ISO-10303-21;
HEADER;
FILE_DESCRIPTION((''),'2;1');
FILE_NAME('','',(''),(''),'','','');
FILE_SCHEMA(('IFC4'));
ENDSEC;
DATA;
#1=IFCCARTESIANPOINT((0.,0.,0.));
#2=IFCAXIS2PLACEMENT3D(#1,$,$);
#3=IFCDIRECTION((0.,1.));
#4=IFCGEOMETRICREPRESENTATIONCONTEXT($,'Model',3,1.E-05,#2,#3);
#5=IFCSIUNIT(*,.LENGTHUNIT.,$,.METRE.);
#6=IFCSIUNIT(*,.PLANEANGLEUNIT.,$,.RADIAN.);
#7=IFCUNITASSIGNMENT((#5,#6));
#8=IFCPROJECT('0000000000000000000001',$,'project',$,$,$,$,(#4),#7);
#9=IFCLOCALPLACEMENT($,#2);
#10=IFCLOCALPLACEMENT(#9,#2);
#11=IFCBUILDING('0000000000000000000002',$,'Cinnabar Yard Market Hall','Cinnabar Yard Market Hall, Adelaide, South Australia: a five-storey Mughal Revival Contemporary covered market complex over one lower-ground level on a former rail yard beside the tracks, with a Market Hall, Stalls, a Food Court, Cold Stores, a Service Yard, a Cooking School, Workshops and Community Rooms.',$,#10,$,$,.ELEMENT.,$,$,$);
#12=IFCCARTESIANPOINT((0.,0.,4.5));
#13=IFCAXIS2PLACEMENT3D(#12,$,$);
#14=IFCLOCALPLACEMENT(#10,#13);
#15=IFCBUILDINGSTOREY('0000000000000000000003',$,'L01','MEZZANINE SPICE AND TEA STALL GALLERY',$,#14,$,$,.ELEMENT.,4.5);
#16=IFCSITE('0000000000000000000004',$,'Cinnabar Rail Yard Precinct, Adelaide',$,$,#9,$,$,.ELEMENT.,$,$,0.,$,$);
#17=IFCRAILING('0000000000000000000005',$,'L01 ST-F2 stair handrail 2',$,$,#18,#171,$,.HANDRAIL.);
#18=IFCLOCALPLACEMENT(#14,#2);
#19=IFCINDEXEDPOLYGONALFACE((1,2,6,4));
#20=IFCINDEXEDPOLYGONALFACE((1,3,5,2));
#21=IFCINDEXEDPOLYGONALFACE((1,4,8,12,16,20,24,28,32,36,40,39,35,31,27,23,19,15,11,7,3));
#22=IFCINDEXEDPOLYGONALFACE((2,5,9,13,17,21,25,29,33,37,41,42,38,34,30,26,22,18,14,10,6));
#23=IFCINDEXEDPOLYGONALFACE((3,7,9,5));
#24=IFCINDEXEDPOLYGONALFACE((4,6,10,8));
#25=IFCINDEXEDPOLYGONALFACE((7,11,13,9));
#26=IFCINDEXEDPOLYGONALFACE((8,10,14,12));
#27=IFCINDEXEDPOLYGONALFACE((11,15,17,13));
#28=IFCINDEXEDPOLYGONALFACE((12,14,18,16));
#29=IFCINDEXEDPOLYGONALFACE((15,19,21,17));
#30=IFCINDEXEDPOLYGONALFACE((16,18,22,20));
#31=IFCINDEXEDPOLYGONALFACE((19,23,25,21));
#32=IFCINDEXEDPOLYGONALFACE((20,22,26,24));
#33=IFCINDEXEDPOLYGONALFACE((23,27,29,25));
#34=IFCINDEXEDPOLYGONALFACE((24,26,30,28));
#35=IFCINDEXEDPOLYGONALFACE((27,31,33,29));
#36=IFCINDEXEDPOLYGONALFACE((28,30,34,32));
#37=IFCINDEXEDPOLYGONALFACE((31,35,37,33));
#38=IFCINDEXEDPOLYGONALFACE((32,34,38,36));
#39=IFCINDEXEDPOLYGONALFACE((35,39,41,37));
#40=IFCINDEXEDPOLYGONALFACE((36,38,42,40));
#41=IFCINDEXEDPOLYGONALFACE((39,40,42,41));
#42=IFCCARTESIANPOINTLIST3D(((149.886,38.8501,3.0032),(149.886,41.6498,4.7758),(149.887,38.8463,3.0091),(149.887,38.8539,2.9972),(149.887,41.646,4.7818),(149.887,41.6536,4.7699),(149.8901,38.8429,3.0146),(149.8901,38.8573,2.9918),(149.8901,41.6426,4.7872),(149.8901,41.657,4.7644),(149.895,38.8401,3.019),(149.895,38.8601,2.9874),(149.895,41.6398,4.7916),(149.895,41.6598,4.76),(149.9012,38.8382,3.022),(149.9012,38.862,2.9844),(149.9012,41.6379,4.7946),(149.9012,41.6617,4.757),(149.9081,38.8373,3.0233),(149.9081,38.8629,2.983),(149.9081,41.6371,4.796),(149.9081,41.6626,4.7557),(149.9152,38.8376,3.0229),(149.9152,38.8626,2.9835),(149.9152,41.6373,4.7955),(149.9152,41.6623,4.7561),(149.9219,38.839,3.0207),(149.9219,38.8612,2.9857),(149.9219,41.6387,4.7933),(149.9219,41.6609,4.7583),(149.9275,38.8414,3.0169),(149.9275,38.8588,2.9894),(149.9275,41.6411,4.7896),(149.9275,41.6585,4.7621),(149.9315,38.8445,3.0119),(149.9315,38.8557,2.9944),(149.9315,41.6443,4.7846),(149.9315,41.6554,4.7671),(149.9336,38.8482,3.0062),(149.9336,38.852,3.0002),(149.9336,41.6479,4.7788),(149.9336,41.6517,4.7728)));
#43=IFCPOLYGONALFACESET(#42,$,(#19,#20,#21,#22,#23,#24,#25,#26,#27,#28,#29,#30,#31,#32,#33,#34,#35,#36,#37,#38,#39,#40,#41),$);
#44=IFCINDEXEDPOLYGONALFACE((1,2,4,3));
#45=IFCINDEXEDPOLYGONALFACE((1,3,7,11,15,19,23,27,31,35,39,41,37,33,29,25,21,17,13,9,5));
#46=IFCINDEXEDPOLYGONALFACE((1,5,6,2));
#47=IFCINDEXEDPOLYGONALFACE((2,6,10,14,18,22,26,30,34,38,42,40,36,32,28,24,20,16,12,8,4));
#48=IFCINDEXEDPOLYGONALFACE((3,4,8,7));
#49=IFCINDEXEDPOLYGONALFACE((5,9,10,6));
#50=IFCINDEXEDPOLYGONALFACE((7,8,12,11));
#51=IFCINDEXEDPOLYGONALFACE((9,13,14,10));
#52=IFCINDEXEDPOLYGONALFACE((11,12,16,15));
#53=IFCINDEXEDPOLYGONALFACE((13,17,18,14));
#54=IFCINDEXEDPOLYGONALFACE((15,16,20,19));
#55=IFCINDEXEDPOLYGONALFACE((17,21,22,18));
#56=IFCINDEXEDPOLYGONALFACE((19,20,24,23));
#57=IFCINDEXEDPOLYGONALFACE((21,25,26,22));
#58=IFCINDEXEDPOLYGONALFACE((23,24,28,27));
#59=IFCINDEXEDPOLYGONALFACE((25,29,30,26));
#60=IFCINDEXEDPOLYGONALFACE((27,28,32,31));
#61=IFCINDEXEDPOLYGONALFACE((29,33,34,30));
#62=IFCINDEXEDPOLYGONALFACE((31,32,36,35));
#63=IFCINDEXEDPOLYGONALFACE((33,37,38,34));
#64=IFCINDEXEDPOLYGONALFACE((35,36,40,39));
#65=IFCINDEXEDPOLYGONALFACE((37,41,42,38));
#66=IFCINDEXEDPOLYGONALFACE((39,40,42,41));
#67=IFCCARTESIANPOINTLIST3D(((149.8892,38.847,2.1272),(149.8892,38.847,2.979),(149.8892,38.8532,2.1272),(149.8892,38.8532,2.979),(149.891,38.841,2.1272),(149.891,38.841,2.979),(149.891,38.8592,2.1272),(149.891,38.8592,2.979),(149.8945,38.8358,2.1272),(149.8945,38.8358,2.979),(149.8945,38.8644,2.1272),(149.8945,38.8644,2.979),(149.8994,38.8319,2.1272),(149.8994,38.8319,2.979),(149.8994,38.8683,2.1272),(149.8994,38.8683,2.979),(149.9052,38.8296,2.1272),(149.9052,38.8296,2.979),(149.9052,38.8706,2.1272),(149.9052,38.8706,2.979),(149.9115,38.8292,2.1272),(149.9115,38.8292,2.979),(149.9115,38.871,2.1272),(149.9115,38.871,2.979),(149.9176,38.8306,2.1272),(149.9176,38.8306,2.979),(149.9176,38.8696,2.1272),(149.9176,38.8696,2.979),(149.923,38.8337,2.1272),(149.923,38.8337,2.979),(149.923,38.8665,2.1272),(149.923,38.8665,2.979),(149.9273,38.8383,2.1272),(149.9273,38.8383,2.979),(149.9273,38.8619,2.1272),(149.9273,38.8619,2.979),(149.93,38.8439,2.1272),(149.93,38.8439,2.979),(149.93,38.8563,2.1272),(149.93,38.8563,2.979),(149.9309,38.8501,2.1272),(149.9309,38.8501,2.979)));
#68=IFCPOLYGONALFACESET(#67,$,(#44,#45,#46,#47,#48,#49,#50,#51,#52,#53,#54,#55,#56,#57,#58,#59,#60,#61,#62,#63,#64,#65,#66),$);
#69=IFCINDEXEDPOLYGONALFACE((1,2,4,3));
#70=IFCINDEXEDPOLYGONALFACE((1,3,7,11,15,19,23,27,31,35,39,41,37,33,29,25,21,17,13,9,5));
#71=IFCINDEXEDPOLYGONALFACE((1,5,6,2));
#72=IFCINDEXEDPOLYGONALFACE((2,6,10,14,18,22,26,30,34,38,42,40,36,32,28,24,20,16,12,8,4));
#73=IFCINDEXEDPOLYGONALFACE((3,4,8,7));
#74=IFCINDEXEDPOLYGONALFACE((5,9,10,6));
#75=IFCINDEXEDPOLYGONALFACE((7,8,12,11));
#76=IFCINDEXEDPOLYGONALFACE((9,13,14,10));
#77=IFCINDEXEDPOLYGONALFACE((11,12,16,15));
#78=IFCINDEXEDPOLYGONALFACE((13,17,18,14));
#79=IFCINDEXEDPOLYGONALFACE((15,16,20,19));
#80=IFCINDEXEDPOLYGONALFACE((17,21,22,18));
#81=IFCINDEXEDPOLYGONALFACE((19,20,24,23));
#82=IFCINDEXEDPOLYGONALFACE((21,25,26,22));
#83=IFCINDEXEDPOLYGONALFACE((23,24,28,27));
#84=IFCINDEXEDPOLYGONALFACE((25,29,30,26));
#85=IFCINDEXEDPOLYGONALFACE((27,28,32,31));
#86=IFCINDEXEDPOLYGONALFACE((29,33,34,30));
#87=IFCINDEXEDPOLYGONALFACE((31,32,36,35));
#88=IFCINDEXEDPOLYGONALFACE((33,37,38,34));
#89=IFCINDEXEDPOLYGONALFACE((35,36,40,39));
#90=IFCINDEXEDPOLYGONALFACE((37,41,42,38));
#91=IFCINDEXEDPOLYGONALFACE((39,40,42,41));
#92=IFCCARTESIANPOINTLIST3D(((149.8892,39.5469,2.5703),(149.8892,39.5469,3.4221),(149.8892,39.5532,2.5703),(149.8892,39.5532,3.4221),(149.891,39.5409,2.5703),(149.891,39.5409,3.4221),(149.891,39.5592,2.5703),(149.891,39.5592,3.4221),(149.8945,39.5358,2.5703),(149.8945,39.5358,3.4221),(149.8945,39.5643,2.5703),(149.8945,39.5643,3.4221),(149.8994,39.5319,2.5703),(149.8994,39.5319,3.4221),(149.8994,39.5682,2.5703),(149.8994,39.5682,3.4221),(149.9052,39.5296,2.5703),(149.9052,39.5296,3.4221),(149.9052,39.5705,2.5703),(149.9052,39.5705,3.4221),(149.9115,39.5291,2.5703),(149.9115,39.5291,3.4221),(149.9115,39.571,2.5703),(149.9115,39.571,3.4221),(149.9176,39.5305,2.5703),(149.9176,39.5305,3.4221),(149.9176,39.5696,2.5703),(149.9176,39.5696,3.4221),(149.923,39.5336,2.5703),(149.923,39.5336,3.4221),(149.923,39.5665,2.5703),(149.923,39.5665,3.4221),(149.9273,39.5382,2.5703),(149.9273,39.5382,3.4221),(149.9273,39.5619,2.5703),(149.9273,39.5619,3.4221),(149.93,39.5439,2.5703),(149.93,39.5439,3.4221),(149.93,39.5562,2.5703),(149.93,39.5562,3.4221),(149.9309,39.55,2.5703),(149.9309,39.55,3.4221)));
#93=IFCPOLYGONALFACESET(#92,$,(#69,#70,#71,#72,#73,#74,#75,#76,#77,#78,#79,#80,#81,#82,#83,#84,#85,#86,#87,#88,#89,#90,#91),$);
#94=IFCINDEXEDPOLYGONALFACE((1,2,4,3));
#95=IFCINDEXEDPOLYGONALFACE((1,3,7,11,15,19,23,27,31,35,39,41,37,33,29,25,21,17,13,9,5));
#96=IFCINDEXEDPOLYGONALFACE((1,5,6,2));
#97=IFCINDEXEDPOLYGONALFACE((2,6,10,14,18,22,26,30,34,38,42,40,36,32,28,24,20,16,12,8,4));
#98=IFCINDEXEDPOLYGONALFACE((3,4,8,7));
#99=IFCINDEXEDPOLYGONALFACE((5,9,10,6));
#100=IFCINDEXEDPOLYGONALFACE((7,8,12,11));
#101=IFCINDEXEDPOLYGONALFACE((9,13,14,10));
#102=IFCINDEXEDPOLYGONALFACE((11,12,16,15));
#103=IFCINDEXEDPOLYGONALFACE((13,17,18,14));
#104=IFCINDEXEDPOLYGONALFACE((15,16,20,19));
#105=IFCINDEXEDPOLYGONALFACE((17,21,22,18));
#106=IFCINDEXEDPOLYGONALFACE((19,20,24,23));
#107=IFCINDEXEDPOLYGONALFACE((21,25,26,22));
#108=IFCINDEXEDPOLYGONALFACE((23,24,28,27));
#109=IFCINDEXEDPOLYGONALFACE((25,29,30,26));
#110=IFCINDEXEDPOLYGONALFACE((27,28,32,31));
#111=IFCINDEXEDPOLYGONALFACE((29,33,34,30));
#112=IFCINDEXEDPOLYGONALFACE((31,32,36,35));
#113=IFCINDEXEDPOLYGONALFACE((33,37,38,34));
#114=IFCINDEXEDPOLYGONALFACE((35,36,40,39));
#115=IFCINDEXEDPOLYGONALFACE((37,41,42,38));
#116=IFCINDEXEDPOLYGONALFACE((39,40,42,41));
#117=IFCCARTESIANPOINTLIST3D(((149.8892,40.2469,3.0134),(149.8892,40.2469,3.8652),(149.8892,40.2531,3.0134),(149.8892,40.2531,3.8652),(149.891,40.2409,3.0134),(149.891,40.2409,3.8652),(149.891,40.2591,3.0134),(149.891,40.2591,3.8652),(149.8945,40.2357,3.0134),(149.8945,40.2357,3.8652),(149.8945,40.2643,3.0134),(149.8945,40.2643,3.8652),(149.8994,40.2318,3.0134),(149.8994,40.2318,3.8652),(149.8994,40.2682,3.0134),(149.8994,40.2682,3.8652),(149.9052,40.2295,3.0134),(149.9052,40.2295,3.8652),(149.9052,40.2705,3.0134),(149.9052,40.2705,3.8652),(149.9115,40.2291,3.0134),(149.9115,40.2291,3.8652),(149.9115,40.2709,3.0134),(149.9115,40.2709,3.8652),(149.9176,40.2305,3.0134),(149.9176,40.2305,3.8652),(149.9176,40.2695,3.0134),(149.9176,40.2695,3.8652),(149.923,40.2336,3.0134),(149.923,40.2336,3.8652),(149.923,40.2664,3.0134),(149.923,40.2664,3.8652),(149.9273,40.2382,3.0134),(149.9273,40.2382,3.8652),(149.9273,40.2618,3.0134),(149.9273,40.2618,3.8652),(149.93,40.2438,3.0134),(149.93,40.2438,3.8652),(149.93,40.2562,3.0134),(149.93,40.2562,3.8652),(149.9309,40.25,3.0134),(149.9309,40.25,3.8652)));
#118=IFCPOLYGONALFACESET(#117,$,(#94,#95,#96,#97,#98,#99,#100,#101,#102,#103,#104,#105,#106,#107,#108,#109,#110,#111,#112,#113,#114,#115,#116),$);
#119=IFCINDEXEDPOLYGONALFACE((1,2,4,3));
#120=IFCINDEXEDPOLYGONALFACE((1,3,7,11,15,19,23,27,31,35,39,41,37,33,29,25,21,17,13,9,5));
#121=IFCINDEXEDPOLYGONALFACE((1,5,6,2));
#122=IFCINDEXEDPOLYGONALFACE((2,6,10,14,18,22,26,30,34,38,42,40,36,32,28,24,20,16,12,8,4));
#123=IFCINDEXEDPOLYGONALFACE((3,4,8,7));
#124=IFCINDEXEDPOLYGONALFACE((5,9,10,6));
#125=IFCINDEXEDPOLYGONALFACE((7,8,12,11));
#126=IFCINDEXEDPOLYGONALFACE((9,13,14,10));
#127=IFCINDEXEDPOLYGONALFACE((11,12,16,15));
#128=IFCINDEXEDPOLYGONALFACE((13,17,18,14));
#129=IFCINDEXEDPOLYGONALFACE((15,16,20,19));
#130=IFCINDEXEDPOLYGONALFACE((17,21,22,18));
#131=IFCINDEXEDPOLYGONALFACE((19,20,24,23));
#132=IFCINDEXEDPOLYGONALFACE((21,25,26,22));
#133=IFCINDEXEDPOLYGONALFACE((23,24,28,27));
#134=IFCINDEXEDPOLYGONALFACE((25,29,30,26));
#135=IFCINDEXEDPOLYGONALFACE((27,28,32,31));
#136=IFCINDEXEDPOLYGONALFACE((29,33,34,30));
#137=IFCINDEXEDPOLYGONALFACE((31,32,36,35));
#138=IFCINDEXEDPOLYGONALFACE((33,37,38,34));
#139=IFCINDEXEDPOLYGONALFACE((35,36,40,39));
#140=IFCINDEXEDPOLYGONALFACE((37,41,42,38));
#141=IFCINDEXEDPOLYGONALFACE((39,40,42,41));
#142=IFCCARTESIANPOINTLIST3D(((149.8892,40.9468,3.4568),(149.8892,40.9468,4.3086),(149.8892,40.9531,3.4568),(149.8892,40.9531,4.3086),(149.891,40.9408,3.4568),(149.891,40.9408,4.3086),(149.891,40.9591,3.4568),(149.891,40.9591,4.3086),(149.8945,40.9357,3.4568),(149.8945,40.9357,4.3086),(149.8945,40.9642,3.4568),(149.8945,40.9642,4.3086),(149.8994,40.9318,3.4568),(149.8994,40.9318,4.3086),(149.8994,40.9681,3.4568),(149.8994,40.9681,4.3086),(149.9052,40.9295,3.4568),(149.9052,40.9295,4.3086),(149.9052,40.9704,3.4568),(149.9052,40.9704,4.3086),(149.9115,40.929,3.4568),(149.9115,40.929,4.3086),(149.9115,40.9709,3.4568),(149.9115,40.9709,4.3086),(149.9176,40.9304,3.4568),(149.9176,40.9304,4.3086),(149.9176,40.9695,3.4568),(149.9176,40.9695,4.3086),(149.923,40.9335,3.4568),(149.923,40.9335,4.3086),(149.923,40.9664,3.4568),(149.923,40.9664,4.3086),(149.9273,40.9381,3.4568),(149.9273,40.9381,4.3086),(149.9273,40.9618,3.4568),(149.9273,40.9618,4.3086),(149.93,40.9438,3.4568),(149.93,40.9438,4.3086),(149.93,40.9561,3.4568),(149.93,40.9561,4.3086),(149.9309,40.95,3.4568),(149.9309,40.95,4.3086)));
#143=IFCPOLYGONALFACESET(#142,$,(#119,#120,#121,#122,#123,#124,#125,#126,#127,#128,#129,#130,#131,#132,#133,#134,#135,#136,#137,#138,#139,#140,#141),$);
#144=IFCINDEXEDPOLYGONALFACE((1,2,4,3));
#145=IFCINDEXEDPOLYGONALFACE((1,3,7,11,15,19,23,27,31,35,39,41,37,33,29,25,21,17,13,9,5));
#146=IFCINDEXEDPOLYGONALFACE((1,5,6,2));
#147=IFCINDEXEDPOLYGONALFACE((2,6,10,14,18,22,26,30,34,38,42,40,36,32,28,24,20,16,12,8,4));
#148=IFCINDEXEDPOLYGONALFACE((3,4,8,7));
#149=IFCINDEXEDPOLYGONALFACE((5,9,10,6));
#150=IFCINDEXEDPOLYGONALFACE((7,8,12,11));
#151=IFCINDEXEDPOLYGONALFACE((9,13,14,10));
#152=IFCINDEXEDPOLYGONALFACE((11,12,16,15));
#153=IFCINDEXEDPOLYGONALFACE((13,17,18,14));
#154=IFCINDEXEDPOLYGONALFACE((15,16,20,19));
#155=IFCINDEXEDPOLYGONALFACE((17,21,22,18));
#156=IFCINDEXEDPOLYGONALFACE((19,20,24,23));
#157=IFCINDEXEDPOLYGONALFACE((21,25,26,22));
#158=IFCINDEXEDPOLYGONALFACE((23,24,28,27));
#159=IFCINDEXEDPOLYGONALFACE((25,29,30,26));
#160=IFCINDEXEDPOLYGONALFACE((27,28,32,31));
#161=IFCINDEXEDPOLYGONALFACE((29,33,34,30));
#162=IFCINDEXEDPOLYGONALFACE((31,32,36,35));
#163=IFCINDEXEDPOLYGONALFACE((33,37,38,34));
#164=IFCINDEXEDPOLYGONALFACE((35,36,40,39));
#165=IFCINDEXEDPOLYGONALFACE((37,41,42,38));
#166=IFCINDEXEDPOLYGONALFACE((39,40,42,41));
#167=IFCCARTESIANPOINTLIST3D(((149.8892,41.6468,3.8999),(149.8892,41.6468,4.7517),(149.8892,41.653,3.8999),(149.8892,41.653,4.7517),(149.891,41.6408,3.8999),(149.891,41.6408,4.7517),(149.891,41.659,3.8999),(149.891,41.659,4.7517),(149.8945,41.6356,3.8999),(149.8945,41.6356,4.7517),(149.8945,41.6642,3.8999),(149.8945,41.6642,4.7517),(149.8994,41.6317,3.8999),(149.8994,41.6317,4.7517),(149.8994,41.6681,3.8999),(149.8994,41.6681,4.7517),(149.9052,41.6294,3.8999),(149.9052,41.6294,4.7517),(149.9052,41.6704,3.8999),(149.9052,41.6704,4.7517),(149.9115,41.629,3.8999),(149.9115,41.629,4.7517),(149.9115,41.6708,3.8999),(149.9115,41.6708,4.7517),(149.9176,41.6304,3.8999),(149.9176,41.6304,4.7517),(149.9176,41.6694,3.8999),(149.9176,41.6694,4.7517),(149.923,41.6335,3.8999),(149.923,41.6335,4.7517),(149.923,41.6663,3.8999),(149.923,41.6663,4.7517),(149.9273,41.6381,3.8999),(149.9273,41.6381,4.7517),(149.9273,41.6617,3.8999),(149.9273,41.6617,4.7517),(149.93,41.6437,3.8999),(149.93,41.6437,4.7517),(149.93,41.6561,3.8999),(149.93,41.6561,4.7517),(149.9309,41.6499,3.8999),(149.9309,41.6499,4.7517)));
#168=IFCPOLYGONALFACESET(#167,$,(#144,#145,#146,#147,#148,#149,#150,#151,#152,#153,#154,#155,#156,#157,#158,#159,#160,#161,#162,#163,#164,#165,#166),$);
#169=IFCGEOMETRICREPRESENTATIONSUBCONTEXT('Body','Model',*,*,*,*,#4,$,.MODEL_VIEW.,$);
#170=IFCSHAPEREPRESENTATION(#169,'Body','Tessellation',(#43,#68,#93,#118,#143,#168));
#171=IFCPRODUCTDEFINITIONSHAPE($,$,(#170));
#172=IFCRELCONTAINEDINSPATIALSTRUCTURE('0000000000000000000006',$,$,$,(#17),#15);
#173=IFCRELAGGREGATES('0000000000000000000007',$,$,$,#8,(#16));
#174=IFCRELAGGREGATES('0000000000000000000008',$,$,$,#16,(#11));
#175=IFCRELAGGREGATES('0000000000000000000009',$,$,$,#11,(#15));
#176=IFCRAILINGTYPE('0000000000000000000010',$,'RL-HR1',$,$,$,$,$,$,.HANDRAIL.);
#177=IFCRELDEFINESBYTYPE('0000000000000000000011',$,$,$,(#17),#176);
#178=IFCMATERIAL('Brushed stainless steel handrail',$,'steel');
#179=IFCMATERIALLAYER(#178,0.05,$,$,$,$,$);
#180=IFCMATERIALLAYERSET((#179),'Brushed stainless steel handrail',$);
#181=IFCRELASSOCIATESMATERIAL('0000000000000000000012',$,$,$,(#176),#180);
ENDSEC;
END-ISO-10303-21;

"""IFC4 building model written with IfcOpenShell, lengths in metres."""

from ifc_helpers import new_model, si_unit, direction, frame, origin, origin_2d_with_axis, place, context, subcontext, project, spatial, circle, extrude, material, layer, layer_set, type_object, element, save


model = new_model("IFC4")

# Units and contexts
model_context = context("Model", 3, precision=1e-05, world=origin(), true_north=direction((0.0, 1.0)))
body_context = subcontext(model_context, "Body", "Model", "MODEL_VIEW")
ifc_project = project(units=[si_unit("LENGTHUNIT", "METRE"), si_unit("PLANEANGLEUNIT", "RADIAN")], contexts=[model_context])

# Site, building, storey
site_placement = place(None, origin())
site = spatial("IfcSite", under=ifc_project, at=site_placement, Name="Cinnabar Rail Yard Precinct, Adelaide", CompositionType="ELEMENT", RefElevation=0.0)
building_placement = place(site_placement, origin())
building = spatial("IfcBuilding", under=site, at=building_placement, Name="Cinnabar Yard Market Hall", Description="Cinnabar Yard Market Hall, Adelaide, South Australia: a five-storey Mughal Revival Contemporary covered market complex over one lower-ground level on a former rail yard beside the tracks, with a Market Hall, Stalls, a Food Court, Cold Stores, a Service Yard, a Cooking School, Workshops and Community Rooms.", CompositionType="ELEMENT")
storey_placement = place(building_placement, frame((0.0, 0.0, 4.5)))
storey = spatial("IfcBuildingStorey", under=building, at=storey_placement, Name="L01", Description="MEZZANINE SPICE AND TEA STALL GALLERY", CompositionType="ELEMENT", Elevation=4.5)

# Railing
ifc_material_1 = material(Name="Brushed stainless steel handrail", Category="steel")
ifc_layer_1 = layer(ifc_material_1, 0.05)
ifc_layer_set_1 = layer_set([ifc_layer_1], Name="Brushed stainless steel handrail")
railing_type_1 = type_object("IfcRailingType", Name="RL-HR1", PredefinedType="HANDRAIL", material=ifc_layer_set_1)
railing_1_placement = place(storey_placement, frame((149.9099, 38.8501, 2.1272)))
element("IfcRailing", 1, at=railing_1_placement, inside=storey, type_object=railing_type_1, Name="L01 ST-F2 stair handrail 2", PredefinedType="HANDRAIL", context=body_context, shape_type="SweptSolid", body=[
    extrude(circle(Radius=0.0239, at=origin_2d_with_axis()), frame((0.0, 0.0, 0.876), z_axis=(0.0, 0.844888, 0.534943), x_axis=(-1.0, 0.0, 0.0)), (0.0, 0.0, 1.0), 3.3137),
    extrude(circle(Radius=0.021, at=origin_2d_with_axis()), origin(), (0.0, 0.0, 1.0), 0.8518),
    extrude(circle(Radius=0.021, at=origin_2d_with_axis()), frame((0.0, 0.7, 0.4431)), (0.0, 0.0, 1.0), 0.8518),
    extrude(circle(Radius=0.021, at=origin_2d_with_axis()), frame((0.0, 1.3999, 0.8862)), (0.0, 0.0, 1.0), 0.8518),
    extrude(circle(Radius=0.021, at=origin_2d_with_axis()), frame((0.0, 2.0999, 1.3296)), (0.0, 0.0, 1.0), 0.8518),
    extrude(circle(Radius=0.021, at=origin_2d_with_axis()), frame((0.0, 2.7998, 1.7727)), (0.0, 0.0, 1.0), 0.8518),
])

save(model, "model.ifc")
